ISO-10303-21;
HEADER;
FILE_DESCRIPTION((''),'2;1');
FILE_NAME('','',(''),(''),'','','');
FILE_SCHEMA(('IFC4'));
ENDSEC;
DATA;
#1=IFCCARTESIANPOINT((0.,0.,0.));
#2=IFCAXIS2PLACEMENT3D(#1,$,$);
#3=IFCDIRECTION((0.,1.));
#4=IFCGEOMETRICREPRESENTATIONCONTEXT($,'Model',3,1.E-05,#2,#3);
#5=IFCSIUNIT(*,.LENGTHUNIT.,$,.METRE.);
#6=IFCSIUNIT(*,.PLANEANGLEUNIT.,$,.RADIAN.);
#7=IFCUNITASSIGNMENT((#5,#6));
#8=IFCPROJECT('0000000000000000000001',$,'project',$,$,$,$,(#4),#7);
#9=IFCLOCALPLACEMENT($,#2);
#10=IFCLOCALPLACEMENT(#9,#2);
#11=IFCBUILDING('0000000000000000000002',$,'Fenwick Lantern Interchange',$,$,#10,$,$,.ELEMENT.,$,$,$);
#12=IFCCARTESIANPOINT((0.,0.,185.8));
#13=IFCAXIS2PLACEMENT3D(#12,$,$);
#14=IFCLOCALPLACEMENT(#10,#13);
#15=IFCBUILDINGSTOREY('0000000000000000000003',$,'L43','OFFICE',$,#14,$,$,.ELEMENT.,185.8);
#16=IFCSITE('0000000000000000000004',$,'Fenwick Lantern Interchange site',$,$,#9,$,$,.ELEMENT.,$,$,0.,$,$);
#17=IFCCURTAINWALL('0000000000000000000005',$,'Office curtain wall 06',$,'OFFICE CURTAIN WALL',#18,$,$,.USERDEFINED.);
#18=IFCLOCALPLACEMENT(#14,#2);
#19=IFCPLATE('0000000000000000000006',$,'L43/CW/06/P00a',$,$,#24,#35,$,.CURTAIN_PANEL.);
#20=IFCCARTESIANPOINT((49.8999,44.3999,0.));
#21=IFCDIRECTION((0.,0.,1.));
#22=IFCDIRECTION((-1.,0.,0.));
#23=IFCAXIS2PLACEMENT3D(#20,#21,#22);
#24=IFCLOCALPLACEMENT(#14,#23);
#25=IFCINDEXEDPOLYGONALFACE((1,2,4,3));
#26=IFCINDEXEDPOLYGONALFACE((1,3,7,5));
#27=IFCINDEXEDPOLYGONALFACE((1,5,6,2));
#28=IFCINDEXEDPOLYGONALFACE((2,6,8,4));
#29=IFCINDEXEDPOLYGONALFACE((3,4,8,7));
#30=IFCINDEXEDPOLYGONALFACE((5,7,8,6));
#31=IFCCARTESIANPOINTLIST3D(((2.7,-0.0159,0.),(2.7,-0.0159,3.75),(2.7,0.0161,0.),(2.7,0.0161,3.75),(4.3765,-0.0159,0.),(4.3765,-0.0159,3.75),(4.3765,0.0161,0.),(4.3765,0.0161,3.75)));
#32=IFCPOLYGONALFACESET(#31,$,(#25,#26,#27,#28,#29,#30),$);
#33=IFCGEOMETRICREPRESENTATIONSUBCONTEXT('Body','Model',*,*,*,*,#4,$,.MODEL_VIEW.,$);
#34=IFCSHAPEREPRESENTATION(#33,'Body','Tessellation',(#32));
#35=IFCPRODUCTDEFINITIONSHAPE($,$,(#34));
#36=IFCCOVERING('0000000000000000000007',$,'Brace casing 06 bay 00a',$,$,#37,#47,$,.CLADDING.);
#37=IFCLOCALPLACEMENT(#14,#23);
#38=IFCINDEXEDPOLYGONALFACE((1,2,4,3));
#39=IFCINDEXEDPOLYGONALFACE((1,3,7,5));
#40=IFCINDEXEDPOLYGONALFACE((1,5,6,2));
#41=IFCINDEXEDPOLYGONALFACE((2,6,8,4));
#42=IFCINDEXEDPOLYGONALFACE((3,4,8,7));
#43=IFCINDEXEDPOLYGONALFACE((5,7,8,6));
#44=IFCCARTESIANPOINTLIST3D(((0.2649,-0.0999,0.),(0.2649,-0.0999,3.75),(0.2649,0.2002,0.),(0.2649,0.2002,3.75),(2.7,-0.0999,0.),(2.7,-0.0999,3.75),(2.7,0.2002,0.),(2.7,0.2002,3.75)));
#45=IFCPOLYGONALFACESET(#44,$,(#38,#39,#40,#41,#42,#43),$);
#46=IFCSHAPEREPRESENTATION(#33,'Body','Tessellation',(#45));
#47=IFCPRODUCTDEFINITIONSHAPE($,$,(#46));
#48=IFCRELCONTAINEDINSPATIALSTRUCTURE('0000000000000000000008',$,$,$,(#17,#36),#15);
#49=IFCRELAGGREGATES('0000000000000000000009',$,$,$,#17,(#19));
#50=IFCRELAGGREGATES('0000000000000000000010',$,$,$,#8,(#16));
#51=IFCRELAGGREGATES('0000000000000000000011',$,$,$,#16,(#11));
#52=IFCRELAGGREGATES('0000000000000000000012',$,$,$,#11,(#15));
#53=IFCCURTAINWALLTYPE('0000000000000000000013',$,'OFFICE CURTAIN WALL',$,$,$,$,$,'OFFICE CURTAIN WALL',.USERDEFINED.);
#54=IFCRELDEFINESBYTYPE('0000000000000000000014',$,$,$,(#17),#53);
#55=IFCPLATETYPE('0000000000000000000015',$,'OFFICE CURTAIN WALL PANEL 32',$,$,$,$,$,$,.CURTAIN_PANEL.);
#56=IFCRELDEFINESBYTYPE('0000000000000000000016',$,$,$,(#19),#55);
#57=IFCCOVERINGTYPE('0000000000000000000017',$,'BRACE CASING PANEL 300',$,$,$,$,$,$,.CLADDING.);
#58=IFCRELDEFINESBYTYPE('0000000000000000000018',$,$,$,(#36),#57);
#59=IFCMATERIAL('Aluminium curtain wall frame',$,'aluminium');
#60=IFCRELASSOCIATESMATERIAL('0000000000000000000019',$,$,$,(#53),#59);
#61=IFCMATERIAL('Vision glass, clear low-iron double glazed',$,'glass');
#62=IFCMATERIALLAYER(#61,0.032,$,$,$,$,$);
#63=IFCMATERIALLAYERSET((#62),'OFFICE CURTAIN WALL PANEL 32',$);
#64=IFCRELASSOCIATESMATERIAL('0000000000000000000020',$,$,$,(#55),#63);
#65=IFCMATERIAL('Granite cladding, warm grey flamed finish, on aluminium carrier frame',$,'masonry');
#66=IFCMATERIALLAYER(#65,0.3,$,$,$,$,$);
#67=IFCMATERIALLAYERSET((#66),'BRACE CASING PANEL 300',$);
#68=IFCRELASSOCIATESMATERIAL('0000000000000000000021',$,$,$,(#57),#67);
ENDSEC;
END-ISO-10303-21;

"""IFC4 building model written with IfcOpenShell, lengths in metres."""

from ifc_helpers import new_model, si_unit, direction, frame, origin, place, context, subcontext, project, spatial, polyline, outline, extrude, material, layer, layer_set, type_object, element, aggregate, save


model = new_model("IFC4")

# Units and contexts
model_context = context("Model", 3, precision=1e-05, world=origin(), true_north=direction((0.0, 1.0)))
body_context = subcontext(model_context, "Body", "Model", "MODEL_VIEW")
ifc_project = project(units=[si_unit("LENGTHUNIT", "METRE"), si_unit("PLANEANGLEUNIT", "RADIAN")], contexts=[model_context])

# Site, building, storey
site_placement = place(None, origin())
site = spatial("IfcSite", under=ifc_project, at=site_placement, Name="Fenwick Lantern Interchange site", CompositionType="ELEMENT", RefElevation=0.0)
building_placement = place(site_placement, origin())
building = spatial("IfcBuilding", under=site, at=building_placement, Name="Fenwick Lantern Interchange", CompositionType="ELEMENT")
storey_placement = place(building_placement, frame((0.0, 0.0, 185.8)))
storey = spatial("IfcBuildingStorey", under=building, at=storey_placement, Name="L43", Description="OFFICE", CompositionType="ELEMENT", Elevation=185.8)

# Curtain wall
ifc_material_1 = material(Name="Aluminium curtain wall frame", Category="aluminium")
curtain_wall_type = type_object("IfcCurtainWallType", Name="OFFICE CURTAIN WALL", ElementType="OFFICE CURTAIN WALL", PredefinedType="USERDEFINED", material=ifc_material_1)
curtain_wall_1_placement = place(storey_placement, origin())
curtain_wall_1 = element("IfcCurtainWall", 1, at=curtain_wall_1_placement, inside=storey, type_object=curtain_wall_type, Name="Office curtain wall 06", ObjectType="OFFICE CURTAIN WALL", PredefinedType="USERDEFINED")

# Plate
ifc_material_2 = material(Name="Vision glass, clear low-iron double glazed", Category="glass")
ifc_layer_1 = layer(ifc_material_2, 0.032)
ifc_layer_set_1 = layer_set([ifc_layer_1], Name="OFFICE CURTAIN WALL PANEL 32")
plate_type = type_object("IfcPlateType", Name="OFFICE CURTAIN WALL PANEL 32", PredefinedType="CURTAIN_PANEL", material=ifc_layer_set_1)
plate_1_placement = place(storey_placement, frame((49.8999, 44.3999, 0.0), z_axis=(0.0, 0.0, 1.0), x_axis=(-1.0, 0.0, 0.0)))
plate_1 = element("IfcPlate", 2, at=plate_1_placement, type_object=plate_type, Name="L43/CW/06/P00a", PredefinedType="CURTAIN_PANEL", context=body_context, shape_type="SweptSolid", body=[
    extrude(outline(polyline([(2.7, 0.0), (4.3765, 0.0), (4.3765, 3.75), (2.7, 3.75), (2.7, 0.0)])), frame((0.0, 0.0161, 0.0), z_axis=(0.0, -1.0, 0.0), x_axis=(1.0, 0.0, 0.0)), (0.0, 0.0, 1.0), 0.032),
])
aggregate(curtain_wall_1, [plate_1])

# Covering
ifc_material_3 = material(Name="Granite cladding, warm grey flamed finish, on aluminium carrier frame", Category="masonry")
ifc_layer_2 = layer(ifc_material_3, 0.3)
ifc_layer_set_2 = layer_set([ifc_layer_2], Name="BRACE CASING PANEL 300")
covering_type = type_object("IfcCoveringType", Name="BRACE CASING PANEL 300", PredefinedType="CLADDING", material=ifc_layer_set_2)
covering_placement = place(storey_placement, frame((49.8999, 44.3999, 0.0), z_axis=(0.0, 0.0, 1.0), x_axis=(-1.0, 0.0, 0.0)))
element("IfcCovering", 3, at=covering_placement, inside=storey, type_object=covering_type, Name="Brace casing 06 bay 00a", PredefinedType="CLADDING", context=body_context, shape_type="SweptSolid", body=[
    extrude(outline(polyline([(0.2649, 0.0), (2.7, 0.0), (2.7, 3.75), (0.2649, 3.75), (0.2649, 0.0)])), frame((0.0, 0.2002, 0.0), z_axis=(0.0, -1.0, 0.0), x_axis=(1.0, 0.0, 0.0)), (0.0, 0.0, 1.0), 0.3),
])

save(model, "model.ifc")
